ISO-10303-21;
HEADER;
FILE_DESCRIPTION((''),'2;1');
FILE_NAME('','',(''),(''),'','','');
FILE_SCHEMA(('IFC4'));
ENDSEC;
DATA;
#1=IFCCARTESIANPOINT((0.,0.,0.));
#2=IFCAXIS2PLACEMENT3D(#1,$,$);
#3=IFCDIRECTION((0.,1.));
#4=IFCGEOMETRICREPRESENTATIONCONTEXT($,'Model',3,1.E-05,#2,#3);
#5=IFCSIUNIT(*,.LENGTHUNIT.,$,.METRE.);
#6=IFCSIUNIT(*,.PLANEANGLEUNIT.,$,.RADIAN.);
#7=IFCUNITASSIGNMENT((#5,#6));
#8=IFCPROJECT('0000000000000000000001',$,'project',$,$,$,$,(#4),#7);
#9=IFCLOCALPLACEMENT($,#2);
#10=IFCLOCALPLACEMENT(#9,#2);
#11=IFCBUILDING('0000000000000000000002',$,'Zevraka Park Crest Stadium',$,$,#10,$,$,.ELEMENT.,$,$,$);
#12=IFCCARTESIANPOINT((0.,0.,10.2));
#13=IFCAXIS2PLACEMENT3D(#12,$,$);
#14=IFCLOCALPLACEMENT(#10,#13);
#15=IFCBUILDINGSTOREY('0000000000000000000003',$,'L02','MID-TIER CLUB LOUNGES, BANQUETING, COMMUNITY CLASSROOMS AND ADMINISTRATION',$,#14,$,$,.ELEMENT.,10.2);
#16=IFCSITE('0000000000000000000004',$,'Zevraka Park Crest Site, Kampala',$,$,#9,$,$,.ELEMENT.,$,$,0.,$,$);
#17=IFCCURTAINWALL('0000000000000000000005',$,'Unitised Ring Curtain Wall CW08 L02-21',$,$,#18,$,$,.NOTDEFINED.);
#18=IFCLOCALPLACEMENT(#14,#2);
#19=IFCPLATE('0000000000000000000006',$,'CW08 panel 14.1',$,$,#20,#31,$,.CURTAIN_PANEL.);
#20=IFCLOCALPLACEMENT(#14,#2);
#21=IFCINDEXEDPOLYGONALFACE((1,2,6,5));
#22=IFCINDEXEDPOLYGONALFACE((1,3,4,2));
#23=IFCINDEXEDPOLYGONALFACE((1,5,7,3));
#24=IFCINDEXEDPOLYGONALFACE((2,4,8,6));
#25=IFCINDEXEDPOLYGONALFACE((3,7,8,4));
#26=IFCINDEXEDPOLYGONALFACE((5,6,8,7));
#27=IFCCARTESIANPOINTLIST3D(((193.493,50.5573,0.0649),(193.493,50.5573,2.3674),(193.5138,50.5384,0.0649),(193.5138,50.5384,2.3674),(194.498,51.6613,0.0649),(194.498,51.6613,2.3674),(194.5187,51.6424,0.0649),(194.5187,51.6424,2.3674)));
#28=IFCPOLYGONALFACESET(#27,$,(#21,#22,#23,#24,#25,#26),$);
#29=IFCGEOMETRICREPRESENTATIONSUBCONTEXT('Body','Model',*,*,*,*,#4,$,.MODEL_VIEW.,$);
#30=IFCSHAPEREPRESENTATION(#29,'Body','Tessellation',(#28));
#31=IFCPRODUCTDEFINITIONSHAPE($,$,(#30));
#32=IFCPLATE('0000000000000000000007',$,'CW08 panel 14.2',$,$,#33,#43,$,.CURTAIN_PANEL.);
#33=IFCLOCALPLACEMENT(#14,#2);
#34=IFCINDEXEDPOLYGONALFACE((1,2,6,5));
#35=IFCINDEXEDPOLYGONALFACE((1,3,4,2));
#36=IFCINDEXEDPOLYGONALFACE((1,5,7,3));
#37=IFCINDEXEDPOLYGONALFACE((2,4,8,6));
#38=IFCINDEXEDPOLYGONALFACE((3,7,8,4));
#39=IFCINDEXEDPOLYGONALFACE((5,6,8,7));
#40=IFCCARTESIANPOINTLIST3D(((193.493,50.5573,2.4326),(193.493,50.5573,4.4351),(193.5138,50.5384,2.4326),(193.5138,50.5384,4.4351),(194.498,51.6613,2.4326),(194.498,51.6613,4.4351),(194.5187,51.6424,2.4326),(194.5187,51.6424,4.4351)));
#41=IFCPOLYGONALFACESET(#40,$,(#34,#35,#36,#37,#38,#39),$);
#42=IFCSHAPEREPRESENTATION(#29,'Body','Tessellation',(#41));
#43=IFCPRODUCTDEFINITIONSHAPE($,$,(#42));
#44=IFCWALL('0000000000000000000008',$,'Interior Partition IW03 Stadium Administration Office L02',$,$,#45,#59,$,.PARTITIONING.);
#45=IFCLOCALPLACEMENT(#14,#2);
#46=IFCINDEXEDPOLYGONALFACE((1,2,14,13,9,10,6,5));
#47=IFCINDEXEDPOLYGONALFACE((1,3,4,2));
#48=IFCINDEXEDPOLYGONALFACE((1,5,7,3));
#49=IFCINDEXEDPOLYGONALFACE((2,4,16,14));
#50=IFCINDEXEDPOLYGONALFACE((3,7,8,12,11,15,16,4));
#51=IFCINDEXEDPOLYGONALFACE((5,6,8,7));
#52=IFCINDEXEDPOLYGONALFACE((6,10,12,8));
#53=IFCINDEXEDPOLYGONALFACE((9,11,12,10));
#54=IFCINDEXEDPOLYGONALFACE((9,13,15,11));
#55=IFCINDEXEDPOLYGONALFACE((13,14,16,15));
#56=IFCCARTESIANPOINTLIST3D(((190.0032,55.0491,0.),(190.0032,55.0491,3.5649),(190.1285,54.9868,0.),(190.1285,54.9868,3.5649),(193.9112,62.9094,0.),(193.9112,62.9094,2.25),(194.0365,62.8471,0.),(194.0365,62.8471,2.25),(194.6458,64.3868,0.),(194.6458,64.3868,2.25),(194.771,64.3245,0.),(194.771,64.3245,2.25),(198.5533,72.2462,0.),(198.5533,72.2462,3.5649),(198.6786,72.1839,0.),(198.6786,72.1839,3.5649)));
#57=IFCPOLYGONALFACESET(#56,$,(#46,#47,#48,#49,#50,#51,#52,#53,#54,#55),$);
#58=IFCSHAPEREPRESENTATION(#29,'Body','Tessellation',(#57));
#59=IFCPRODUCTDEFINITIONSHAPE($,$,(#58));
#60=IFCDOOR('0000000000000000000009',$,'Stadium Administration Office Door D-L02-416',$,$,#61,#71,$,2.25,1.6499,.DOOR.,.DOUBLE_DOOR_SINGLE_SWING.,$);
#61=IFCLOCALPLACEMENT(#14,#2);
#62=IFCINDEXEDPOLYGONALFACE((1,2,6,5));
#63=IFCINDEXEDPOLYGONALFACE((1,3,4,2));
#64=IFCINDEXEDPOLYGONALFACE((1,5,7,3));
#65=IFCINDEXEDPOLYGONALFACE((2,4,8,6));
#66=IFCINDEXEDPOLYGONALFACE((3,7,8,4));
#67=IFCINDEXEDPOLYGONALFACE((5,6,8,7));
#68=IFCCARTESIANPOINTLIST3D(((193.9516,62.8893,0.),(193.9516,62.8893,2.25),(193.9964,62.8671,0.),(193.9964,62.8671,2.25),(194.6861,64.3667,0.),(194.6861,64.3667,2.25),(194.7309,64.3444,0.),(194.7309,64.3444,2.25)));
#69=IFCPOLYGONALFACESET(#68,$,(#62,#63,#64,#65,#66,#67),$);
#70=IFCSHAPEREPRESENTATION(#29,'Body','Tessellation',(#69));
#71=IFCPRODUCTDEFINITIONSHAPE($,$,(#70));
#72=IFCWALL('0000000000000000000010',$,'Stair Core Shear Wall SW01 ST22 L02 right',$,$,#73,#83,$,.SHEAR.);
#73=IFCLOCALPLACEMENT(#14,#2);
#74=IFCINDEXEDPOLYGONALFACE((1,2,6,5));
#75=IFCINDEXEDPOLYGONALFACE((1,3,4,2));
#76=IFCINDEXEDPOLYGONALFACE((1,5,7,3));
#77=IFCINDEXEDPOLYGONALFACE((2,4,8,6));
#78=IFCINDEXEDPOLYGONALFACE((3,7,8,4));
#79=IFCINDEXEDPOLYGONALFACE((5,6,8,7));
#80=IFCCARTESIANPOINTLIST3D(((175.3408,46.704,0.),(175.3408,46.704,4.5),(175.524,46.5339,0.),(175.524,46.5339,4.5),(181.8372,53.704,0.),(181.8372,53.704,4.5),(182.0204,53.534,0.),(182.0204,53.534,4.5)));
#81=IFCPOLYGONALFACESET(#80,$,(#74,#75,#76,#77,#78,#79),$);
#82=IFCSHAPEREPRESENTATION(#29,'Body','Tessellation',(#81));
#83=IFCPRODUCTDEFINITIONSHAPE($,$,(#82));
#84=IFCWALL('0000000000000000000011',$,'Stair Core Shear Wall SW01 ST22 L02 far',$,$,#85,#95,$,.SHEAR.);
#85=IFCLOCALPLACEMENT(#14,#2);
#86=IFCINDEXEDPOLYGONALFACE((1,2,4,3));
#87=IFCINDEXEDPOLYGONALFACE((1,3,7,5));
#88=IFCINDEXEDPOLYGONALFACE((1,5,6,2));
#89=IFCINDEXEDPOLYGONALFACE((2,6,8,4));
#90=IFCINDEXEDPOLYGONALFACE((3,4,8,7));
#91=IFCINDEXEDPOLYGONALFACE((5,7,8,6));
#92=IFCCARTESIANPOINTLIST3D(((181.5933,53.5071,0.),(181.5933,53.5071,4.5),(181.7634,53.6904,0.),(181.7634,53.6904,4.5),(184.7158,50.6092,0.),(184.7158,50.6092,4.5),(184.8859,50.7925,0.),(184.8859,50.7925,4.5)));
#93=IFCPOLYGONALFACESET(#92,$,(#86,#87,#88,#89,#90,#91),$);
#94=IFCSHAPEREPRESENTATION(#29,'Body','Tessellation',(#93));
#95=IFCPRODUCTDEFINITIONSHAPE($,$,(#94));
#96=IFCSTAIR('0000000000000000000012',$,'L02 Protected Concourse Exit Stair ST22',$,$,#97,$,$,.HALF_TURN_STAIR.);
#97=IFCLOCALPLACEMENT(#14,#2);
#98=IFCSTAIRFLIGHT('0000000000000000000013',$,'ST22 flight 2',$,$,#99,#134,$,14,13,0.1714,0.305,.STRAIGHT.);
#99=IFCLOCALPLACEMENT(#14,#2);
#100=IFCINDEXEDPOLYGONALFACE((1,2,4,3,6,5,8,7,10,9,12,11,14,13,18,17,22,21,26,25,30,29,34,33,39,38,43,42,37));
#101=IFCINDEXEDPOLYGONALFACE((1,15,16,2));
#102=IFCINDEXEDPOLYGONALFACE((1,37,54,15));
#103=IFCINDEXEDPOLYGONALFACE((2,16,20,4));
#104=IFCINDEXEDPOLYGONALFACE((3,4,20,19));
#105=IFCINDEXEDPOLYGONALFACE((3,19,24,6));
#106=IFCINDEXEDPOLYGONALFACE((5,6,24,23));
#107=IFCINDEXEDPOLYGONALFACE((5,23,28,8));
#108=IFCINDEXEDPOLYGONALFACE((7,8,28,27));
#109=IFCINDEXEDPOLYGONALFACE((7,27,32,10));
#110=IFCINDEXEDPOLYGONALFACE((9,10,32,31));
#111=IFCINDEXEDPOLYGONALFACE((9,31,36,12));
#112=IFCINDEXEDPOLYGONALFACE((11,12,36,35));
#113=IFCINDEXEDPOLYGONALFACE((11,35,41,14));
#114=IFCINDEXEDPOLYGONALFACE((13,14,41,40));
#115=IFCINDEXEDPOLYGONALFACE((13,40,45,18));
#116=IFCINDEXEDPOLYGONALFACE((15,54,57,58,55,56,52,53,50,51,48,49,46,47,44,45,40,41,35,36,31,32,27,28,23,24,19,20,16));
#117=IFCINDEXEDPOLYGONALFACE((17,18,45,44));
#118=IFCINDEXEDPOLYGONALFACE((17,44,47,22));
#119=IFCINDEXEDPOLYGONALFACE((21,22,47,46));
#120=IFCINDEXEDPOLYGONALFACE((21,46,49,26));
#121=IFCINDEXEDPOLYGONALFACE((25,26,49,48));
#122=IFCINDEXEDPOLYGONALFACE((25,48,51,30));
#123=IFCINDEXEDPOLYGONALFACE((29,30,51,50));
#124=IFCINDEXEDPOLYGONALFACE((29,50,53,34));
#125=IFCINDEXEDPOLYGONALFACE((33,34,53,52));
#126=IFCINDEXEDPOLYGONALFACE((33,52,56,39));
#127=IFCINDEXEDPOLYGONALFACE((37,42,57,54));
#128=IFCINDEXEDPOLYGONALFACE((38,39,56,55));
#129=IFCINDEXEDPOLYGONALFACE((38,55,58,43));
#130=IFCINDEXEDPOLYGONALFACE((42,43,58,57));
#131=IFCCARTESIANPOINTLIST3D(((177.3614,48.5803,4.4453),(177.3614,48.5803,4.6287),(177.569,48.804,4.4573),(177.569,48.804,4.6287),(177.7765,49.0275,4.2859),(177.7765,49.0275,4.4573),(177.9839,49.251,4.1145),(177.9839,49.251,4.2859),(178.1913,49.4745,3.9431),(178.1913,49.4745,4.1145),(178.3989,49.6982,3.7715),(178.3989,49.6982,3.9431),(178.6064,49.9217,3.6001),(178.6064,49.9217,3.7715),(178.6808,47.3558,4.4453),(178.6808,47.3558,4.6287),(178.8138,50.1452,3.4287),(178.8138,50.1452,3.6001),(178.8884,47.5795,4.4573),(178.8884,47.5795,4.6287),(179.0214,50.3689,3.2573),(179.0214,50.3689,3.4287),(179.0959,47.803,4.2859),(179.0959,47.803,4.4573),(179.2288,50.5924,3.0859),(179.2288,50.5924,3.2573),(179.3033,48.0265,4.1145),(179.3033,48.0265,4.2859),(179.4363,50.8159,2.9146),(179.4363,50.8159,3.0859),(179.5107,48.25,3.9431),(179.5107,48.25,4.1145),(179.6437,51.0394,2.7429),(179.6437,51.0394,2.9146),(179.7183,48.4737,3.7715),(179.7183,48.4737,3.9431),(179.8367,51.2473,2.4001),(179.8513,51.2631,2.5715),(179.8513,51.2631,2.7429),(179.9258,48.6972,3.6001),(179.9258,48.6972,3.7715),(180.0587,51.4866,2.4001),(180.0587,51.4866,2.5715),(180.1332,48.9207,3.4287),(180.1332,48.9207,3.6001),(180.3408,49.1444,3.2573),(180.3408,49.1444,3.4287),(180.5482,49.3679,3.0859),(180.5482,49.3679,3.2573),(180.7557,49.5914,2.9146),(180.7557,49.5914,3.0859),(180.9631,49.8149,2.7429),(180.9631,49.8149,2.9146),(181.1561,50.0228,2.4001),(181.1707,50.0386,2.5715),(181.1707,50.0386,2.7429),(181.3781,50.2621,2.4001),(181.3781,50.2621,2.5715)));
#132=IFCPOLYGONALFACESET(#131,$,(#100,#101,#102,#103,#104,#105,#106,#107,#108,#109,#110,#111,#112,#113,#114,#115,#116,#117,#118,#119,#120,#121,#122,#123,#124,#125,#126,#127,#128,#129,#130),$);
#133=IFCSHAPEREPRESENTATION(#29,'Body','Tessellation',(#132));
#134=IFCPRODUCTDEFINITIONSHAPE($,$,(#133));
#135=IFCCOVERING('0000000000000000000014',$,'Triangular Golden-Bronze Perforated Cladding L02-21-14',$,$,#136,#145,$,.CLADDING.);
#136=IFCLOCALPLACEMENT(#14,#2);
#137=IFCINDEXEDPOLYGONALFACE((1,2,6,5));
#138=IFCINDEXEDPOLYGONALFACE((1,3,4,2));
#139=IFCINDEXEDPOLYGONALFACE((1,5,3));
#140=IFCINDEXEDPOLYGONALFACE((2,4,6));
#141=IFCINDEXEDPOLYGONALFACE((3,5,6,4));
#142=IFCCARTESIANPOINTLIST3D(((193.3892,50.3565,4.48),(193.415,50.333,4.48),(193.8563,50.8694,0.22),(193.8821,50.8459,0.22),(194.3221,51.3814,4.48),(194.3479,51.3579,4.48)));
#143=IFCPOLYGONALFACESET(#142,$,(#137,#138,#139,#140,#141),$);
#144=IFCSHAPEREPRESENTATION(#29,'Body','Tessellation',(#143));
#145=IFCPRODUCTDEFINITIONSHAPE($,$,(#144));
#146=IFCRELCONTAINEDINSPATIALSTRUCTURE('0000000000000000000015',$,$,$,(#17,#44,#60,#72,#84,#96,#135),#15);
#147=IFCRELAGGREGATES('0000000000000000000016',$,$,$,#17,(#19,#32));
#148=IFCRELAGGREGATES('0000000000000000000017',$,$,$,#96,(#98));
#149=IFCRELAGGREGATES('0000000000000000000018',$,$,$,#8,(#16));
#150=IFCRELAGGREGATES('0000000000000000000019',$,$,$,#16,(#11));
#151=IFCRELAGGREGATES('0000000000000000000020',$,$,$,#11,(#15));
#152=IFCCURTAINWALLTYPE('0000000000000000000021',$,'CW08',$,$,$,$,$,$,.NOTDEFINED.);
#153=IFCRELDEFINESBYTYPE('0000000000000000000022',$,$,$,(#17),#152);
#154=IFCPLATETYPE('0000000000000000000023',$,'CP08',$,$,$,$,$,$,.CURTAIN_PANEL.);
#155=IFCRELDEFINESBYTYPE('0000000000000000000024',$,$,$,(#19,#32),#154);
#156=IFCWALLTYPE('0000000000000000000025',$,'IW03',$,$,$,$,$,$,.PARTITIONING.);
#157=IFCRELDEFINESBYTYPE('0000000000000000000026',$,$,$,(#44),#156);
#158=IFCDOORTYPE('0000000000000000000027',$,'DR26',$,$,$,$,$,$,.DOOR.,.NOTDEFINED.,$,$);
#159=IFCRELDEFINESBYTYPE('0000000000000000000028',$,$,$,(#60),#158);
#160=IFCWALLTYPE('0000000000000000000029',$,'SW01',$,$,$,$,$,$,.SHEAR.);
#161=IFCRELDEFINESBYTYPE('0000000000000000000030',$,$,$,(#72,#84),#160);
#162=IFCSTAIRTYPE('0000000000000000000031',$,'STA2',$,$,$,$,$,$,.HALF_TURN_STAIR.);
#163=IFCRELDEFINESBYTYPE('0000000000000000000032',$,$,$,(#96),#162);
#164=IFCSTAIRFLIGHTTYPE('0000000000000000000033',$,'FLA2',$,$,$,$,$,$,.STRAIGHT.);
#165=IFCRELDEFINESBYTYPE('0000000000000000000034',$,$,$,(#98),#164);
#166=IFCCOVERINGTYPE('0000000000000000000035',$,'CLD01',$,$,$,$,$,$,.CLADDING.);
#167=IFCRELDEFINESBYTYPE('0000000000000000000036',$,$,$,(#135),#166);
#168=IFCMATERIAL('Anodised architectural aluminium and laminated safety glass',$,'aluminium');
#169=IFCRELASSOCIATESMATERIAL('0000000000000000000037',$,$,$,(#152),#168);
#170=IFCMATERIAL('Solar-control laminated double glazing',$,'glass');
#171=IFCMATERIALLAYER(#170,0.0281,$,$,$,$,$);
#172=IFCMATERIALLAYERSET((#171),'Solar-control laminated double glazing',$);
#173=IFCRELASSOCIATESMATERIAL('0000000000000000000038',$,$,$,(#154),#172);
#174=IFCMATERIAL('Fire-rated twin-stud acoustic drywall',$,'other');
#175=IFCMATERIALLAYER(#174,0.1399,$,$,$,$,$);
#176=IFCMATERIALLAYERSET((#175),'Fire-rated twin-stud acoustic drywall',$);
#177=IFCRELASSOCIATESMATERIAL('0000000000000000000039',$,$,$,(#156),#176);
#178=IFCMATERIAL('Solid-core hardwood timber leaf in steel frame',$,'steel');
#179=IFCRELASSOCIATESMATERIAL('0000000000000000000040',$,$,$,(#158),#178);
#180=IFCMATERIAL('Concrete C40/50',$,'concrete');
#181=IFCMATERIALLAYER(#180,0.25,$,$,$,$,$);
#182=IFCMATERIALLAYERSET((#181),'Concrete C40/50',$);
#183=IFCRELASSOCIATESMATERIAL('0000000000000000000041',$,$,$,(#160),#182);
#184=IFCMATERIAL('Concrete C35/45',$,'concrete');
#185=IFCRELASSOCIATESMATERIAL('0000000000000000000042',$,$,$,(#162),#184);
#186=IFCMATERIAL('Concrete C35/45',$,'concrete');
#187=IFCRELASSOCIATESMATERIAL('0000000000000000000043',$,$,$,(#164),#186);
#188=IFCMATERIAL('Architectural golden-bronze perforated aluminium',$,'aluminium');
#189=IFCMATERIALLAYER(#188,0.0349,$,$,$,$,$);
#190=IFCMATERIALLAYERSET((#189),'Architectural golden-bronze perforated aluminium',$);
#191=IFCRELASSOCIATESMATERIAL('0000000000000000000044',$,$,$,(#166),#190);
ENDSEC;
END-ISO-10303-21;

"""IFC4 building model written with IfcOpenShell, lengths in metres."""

from ifc_helpers import new_model, si_unit, direction, frame, frame_2d, origin, origin_2d, place, context, subcontext, project, spatial, polyline, rectangle, outline, extrude, material, layer, layer_set, type_object, element, fill, aggregate, save


model = new_model("IFC4")

# Units and contexts
model_context = context("Model", 3, precision=1e-05, world=origin(), true_north=direction((0.0, 1.0)))
body_context = subcontext(model_context, "Body", "Model", "MODEL_VIEW")
ifc_project = project(units=[si_unit("LENGTHUNIT", "METRE"), si_unit("PLANEANGLEUNIT", "RADIAN")], contexts=[model_context])

# Site, building, storey
site_placement = place(None, origin())
site = spatial("IfcSite", under=ifc_project, at=site_placement, Name="Zevraka Park Crest Site, Kampala", CompositionType="ELEMENT", RefElevation=0.0)
building_placement = place(site_placement, origin())
building = spatial("IfcBuilding", under=site, at=building_placement, Name="Zevraka Park Crest Stadium", CompositionType="ELEMENT")
storey_placement = place(building_placement, frame((0.0, 0.0, 10.2)))
storey = spatial("IfcBuildingStorey", under=building, at=storey_placement, Name="L02", Description="MID-TIER CLUB LOUNGES, BANQUETING, COMMUNITY CLASSROOMS AND ADMINISTRATION", CompositionType="ELEMENT", Elevation=10.2)

# Curtain wall
ifc_material_1 = material(Name="Anodised architectural aluminium and laminated safety glass", Category="aluminium")
curtain_wall_type_1 = type_object("IfcCurtainWallType", Name="CW08", PredefinedType="NOTDEFINED", material=ifc_material_1)
curtain_wall_1_placement = place(storey_placement, origin())
curtain_wall_1 = element("IfcCurtainWall", 1, at=curtain_wall_1_placement, inside=storey, type_object=curtain_wall_type_1, Name="Unitised Ring Curtain Wall CW08 L02-21", PredefinedType="NOTDEFINED")

# Plates
ifc_material_2 = material(Name="Solar-control laminated double glazing", Category="glass")
ifc_layer_1 = layer(ifc_material_2, 0.0281)
ifc_layer_set_1 = layer_set([ifc_layer_1], Name="Solar-control laminated double glazing")
plate_type = type_object("IfcPlateType", Name="CP08", PredefinedType="CURTAIN_PANEL", material=ifc_layer_set_1)
plate_1_placement = place(storey_placement, frame((194.0059, 51.0999, 0.0649), z_axis=(0.0, 0.0, 1.0), x_axis=(0.67316, 0.739497, 0.0)))
plate_1 = element("IfcPlate", 2, at=plate_1_placement, type_object=plate_type, Name="CW08 panel 14.1", PredefinedType="CURTAIN_PANEL", context=body_context, shape_type="SweptSolid", body=[
    extrude(rectangle(XDim=1.4929, YDim=0.0281, at=origin_2d()), origin(), (0.0, 0.0, 1.0), 2.3025),
])
plate_2_placement = place(storey_placement, frame((194.0059, 51.0999, 2.4326), z_axis=(0.0, 0.0, 1.0), x_axis=(0.67316, 0.739497, 0.0)))
plate_2 = element("IfcPlate", 3, at=plate_2_placement, type_object=plate_type, Name="CW08 panel 14.2", PredefinedType="CURTAIN_PANEL", context=body_context, shape_type="SweptSolid", body=[
    extrude(rectangle(XDim=1.4929, YDim=0.0281, at=origin_2d()), origin(), (0.0, 0.0, 1.0), 2.0024),
])
aggregate(curtain_wall_1, [plate_1, plate_2])

# Wall, opening, door
ifc_material_3 = material(Name="Fire-rated twin-stud acoustic drywall", Category="other")
ifc_layer_2 = layer(ifc_material_3, 0.1399)
ifc_layer_set_2 = layer_set([ifc_layer_2], Name="Fire-rated twin-stud acoustic drywall")
wall_type_1 = type_object("IfcWallType", Name="IW03", PredefinedType="PARTITIONING", material=ifc_layer_set_2)
wall_1_placement = place(storey_placement, frame((190.0659, 55.0181, 0.0), z_axis=(0.0, 0.0, 1.0), x_axis=(0.445194, 0.895434, 0.0)))
wall_1 = element("IfcWall", 4, at=wall_1_placement, inside=storey, type_object=wall_type_1, Name="Interior Partition IW03 Stadium Administration Office L02", PredefinedType="PARTITIONING", context=body_context, shape_type="SweptSolid", body=[
    extrude(rectangle(XDim=19.2053, YDim=0.1399, at=frame_2d((9.6025, 0.0))), origin(), (0.0, 0.0, 1.0), 3.5649),
])
opening_placement = place(wall_1_placement, frame((8.7781, 0.0, 0.0)))
opening = element("IfcOpeningElement", 5, at=opening_placement, cuts=wall_1, PredefinedType="OPENING", context=body_context, shape_type="SweptSolid", body=[
    extrude(rectangle(XDim=1.6499, YDim=2.25, at=frame_2d((0.825, 1.125))), frame((0.0, 0.0798, 0.0), z_axis=(0.0, -1.0, 0.0), x_axis=(1.0, 0.0, 0.0)), (0.0, 0.0, 1.0), 0.1599),
])
ifc_material_4 = material(Name="Solid-core hardwood timber leaf in steel frame", Category="steel")
door_type = type_object("IfcDoorType", Name="DR26", OperationType="NOTDEFINED", PredefinedType="DOOR", material=ifc_material_4)
door_placement = place(opening_placement, origin())
door = element("IfcDoor", 6, at=door_placement, inside=storey, type_object=door_type, Name="Stadium Administration Office Door D-L02-416", OperationType="DOUBLE_DOOR_SINGLE_SWING", OverallHeight=2.25, OverallWidth=1.6499, PredefinedType="DOOR", context=body_context, shape_type="SweptSolid", body=[
    extrude(rectangle(XDim=1.6499, YDim=2.25, at=frame_2d((0.825, 1.125))), frame((0.0, 0.0249, 0.0), z_axis=(0.0, -1.0, 0.0), x_axis=(1.0, 0.0, 0.0)), (0.0, 0.0, 1.0), 0.05),
])
fill(opening, door)

# Walls
ifc_material_5 = material(Name="Concrete C40/50", Category="concrete")
ifc_layer_3 = layer(ifc_material_5, 0.25)
ifc_layer_set_3 = layer_set([ifc_layer_3], Name="Concrete C40/50")
wall_type_2 = type_object("IfcWallType", Name="SW01", PredefinedType="SHEAR", material=ifc_layer_set_3)
wall_2_placement = place(storey_placement, frame((181.9287, 53.6189, 0.0), z_axis=(0.0, 0.0, 1.0), x_axis=(-0.680245, -0.732985, 0.0)))
element("IfcWall", 7, at=wall_2_placement, inside=storey, type_object=wall_type_2, Name="Stair Core Shear Wall SW01 ST22 L02 right", PredefinedType="SHEAR", context=body_context, shape_type="SweptSolid", body=[
    extrude(rectangle(XDim=9.55, YDim=0.25, at=frame_2d((4.7749, 0.0))), origin(), (0.0, 0.0, 1.0), 4.5),
])
wall_3_placement = place(storey_placement, frame((184.8008, 50.7009, 0.0), z_axis=(0.0, 0.0, 1.0), x_axis=(-0.732977, 0.680253, 0.0)))
element("IfcWall", 8, at=wall_3_placement, inside=storey, type_object=wall_type_2, Name="Stair Core Shear Wall SW01 ST22 L02 far", PredefinedType="SHEAR", context=body_context, shape_type="SweptSolid", body=[
    extrude(rectangle(XDim=4.26, YDim=0.25, at=frame_2d((2.1299, 0.0))), origin(), (0.0, 0.0, 1.0), 4.5),
])

# Stair, stair flight
ifc_material_6 = material(Name="Concrete C35/45", Category="concrete")
stair_type = type_object("IfcStairType", Name="STA2", PredefinedType="HALF_TURN_STAIR", material=ifc_material_6)
stair_placement = place(storey_placement, origin())
stair = element("IfcStair", 9, at=stair_placement, inside=storey, type_object=stair_type, Name="L02 Protected Concourse Exit Stair ST22", PredefinedType="HALF_TURN_STAIR")
ifc_material_7 = material(Name="Concrete C35/45", Category="concrete")
stair_flight_type = type_object("IfcStairFlightType", Name="FLA2", PredefinedType="STRAIGHT", material=ifc_material_7)
stair_flight_placement = place(storey_placement, frame((180.7185, 50.8743, 2.4001), z_axis=(0.0, 0.0, 1.0), x_axis=(-0.680255, -0.732975, 0.0)))
stair_flight = element("IfcStairFlight", 10, at=stair_flight_placement, type_object=stair_flight_type, Name="ST22 flight 2", NumberOfRisers=14, NumberOfTreads=13, PredefinedType="STRAIGHT", RiserHeight=0.1714, TreadLength=0.305, context=body_context, shape_type="SweptSolid", body=[
    extrude(outline(polyline([(0.0, 0.0), (0.0, 0.1714), (0.3049, 0.1714), (0.3049, 0.3428), (0.6101, 0.3428), (0.6101, 0.5144), (0.915, 0.5144), (0.915, 0.6858), (1.22, 0.6858), (1.22, 0.8572), (1.5249, 0.8572), (1.5249, 1.0286), (1.8301, 1.0286), (1.8301, 1.2), (2.135, 1.2), (2.135, 1.3713), (2.4399, 1.3713), (2.4399, 1.543), (2.7451, 1.543), (2.7451, 1.7144), (3.05, 1.7144), (3.05, 1.8857), (3.355, 1.8857), (3.355, 2.0571), (3.6599, 2.0571), (3.6599, 2.2285), (3.9651, 2.2285), (3.9651, 2.3999), (3.9651, 2.0452), (0.3264, 0.0), (0.0, 0.0)])), frame((0.0, 0.8999, 0.0), z_axis=(0.0, -1.0, 0.0), x_axis=(1.0, 0.0, 0.0)), (0.0, 0.0, 1.0), 1.8),
])
aggregate(stair, [stair_flight])

# Covering
ifc_material_8 = material(Name="Architectural golden-bronze perforated aluminium", Category="aluminium")
ifc_layer_4 = layer(ifc_material_8, 0.0349)
ifc_layer_set_4 = layer_set([ifc_layer_4], Name="Architectural golden-bronze perforated aluminium")
covering_type = type_object("IfcCoveringType", Name="CLD01", PredefinedType="CLADDING", material=ifc_layer_set_4)
covering_placement = place(storey_placement, frame((194.3479, 51.3579, 4.48), z_axis=(0.739533, -0.67312, 0.000029), x_axis=(-0.67312, -0.739533, 0.0)))
element("IfcCovering", 11, at=covering_placement, inside=storey, type_object=covering_type, Name="Triangular Golden-Bronze Perforated Cladding L02-21-14", PredefinedType="CLADDING", context=body_context, shape_type="SweptSolid", body=[
    extrude(outline(polyline([(0.0, 0.0), (1.3859, 0.0), (0.6922, 4.26), (0.0, 0.0)])), origin(), (0.0, 0.0, -1.0), 0.0349),
])

save(model, "model.ifc")
